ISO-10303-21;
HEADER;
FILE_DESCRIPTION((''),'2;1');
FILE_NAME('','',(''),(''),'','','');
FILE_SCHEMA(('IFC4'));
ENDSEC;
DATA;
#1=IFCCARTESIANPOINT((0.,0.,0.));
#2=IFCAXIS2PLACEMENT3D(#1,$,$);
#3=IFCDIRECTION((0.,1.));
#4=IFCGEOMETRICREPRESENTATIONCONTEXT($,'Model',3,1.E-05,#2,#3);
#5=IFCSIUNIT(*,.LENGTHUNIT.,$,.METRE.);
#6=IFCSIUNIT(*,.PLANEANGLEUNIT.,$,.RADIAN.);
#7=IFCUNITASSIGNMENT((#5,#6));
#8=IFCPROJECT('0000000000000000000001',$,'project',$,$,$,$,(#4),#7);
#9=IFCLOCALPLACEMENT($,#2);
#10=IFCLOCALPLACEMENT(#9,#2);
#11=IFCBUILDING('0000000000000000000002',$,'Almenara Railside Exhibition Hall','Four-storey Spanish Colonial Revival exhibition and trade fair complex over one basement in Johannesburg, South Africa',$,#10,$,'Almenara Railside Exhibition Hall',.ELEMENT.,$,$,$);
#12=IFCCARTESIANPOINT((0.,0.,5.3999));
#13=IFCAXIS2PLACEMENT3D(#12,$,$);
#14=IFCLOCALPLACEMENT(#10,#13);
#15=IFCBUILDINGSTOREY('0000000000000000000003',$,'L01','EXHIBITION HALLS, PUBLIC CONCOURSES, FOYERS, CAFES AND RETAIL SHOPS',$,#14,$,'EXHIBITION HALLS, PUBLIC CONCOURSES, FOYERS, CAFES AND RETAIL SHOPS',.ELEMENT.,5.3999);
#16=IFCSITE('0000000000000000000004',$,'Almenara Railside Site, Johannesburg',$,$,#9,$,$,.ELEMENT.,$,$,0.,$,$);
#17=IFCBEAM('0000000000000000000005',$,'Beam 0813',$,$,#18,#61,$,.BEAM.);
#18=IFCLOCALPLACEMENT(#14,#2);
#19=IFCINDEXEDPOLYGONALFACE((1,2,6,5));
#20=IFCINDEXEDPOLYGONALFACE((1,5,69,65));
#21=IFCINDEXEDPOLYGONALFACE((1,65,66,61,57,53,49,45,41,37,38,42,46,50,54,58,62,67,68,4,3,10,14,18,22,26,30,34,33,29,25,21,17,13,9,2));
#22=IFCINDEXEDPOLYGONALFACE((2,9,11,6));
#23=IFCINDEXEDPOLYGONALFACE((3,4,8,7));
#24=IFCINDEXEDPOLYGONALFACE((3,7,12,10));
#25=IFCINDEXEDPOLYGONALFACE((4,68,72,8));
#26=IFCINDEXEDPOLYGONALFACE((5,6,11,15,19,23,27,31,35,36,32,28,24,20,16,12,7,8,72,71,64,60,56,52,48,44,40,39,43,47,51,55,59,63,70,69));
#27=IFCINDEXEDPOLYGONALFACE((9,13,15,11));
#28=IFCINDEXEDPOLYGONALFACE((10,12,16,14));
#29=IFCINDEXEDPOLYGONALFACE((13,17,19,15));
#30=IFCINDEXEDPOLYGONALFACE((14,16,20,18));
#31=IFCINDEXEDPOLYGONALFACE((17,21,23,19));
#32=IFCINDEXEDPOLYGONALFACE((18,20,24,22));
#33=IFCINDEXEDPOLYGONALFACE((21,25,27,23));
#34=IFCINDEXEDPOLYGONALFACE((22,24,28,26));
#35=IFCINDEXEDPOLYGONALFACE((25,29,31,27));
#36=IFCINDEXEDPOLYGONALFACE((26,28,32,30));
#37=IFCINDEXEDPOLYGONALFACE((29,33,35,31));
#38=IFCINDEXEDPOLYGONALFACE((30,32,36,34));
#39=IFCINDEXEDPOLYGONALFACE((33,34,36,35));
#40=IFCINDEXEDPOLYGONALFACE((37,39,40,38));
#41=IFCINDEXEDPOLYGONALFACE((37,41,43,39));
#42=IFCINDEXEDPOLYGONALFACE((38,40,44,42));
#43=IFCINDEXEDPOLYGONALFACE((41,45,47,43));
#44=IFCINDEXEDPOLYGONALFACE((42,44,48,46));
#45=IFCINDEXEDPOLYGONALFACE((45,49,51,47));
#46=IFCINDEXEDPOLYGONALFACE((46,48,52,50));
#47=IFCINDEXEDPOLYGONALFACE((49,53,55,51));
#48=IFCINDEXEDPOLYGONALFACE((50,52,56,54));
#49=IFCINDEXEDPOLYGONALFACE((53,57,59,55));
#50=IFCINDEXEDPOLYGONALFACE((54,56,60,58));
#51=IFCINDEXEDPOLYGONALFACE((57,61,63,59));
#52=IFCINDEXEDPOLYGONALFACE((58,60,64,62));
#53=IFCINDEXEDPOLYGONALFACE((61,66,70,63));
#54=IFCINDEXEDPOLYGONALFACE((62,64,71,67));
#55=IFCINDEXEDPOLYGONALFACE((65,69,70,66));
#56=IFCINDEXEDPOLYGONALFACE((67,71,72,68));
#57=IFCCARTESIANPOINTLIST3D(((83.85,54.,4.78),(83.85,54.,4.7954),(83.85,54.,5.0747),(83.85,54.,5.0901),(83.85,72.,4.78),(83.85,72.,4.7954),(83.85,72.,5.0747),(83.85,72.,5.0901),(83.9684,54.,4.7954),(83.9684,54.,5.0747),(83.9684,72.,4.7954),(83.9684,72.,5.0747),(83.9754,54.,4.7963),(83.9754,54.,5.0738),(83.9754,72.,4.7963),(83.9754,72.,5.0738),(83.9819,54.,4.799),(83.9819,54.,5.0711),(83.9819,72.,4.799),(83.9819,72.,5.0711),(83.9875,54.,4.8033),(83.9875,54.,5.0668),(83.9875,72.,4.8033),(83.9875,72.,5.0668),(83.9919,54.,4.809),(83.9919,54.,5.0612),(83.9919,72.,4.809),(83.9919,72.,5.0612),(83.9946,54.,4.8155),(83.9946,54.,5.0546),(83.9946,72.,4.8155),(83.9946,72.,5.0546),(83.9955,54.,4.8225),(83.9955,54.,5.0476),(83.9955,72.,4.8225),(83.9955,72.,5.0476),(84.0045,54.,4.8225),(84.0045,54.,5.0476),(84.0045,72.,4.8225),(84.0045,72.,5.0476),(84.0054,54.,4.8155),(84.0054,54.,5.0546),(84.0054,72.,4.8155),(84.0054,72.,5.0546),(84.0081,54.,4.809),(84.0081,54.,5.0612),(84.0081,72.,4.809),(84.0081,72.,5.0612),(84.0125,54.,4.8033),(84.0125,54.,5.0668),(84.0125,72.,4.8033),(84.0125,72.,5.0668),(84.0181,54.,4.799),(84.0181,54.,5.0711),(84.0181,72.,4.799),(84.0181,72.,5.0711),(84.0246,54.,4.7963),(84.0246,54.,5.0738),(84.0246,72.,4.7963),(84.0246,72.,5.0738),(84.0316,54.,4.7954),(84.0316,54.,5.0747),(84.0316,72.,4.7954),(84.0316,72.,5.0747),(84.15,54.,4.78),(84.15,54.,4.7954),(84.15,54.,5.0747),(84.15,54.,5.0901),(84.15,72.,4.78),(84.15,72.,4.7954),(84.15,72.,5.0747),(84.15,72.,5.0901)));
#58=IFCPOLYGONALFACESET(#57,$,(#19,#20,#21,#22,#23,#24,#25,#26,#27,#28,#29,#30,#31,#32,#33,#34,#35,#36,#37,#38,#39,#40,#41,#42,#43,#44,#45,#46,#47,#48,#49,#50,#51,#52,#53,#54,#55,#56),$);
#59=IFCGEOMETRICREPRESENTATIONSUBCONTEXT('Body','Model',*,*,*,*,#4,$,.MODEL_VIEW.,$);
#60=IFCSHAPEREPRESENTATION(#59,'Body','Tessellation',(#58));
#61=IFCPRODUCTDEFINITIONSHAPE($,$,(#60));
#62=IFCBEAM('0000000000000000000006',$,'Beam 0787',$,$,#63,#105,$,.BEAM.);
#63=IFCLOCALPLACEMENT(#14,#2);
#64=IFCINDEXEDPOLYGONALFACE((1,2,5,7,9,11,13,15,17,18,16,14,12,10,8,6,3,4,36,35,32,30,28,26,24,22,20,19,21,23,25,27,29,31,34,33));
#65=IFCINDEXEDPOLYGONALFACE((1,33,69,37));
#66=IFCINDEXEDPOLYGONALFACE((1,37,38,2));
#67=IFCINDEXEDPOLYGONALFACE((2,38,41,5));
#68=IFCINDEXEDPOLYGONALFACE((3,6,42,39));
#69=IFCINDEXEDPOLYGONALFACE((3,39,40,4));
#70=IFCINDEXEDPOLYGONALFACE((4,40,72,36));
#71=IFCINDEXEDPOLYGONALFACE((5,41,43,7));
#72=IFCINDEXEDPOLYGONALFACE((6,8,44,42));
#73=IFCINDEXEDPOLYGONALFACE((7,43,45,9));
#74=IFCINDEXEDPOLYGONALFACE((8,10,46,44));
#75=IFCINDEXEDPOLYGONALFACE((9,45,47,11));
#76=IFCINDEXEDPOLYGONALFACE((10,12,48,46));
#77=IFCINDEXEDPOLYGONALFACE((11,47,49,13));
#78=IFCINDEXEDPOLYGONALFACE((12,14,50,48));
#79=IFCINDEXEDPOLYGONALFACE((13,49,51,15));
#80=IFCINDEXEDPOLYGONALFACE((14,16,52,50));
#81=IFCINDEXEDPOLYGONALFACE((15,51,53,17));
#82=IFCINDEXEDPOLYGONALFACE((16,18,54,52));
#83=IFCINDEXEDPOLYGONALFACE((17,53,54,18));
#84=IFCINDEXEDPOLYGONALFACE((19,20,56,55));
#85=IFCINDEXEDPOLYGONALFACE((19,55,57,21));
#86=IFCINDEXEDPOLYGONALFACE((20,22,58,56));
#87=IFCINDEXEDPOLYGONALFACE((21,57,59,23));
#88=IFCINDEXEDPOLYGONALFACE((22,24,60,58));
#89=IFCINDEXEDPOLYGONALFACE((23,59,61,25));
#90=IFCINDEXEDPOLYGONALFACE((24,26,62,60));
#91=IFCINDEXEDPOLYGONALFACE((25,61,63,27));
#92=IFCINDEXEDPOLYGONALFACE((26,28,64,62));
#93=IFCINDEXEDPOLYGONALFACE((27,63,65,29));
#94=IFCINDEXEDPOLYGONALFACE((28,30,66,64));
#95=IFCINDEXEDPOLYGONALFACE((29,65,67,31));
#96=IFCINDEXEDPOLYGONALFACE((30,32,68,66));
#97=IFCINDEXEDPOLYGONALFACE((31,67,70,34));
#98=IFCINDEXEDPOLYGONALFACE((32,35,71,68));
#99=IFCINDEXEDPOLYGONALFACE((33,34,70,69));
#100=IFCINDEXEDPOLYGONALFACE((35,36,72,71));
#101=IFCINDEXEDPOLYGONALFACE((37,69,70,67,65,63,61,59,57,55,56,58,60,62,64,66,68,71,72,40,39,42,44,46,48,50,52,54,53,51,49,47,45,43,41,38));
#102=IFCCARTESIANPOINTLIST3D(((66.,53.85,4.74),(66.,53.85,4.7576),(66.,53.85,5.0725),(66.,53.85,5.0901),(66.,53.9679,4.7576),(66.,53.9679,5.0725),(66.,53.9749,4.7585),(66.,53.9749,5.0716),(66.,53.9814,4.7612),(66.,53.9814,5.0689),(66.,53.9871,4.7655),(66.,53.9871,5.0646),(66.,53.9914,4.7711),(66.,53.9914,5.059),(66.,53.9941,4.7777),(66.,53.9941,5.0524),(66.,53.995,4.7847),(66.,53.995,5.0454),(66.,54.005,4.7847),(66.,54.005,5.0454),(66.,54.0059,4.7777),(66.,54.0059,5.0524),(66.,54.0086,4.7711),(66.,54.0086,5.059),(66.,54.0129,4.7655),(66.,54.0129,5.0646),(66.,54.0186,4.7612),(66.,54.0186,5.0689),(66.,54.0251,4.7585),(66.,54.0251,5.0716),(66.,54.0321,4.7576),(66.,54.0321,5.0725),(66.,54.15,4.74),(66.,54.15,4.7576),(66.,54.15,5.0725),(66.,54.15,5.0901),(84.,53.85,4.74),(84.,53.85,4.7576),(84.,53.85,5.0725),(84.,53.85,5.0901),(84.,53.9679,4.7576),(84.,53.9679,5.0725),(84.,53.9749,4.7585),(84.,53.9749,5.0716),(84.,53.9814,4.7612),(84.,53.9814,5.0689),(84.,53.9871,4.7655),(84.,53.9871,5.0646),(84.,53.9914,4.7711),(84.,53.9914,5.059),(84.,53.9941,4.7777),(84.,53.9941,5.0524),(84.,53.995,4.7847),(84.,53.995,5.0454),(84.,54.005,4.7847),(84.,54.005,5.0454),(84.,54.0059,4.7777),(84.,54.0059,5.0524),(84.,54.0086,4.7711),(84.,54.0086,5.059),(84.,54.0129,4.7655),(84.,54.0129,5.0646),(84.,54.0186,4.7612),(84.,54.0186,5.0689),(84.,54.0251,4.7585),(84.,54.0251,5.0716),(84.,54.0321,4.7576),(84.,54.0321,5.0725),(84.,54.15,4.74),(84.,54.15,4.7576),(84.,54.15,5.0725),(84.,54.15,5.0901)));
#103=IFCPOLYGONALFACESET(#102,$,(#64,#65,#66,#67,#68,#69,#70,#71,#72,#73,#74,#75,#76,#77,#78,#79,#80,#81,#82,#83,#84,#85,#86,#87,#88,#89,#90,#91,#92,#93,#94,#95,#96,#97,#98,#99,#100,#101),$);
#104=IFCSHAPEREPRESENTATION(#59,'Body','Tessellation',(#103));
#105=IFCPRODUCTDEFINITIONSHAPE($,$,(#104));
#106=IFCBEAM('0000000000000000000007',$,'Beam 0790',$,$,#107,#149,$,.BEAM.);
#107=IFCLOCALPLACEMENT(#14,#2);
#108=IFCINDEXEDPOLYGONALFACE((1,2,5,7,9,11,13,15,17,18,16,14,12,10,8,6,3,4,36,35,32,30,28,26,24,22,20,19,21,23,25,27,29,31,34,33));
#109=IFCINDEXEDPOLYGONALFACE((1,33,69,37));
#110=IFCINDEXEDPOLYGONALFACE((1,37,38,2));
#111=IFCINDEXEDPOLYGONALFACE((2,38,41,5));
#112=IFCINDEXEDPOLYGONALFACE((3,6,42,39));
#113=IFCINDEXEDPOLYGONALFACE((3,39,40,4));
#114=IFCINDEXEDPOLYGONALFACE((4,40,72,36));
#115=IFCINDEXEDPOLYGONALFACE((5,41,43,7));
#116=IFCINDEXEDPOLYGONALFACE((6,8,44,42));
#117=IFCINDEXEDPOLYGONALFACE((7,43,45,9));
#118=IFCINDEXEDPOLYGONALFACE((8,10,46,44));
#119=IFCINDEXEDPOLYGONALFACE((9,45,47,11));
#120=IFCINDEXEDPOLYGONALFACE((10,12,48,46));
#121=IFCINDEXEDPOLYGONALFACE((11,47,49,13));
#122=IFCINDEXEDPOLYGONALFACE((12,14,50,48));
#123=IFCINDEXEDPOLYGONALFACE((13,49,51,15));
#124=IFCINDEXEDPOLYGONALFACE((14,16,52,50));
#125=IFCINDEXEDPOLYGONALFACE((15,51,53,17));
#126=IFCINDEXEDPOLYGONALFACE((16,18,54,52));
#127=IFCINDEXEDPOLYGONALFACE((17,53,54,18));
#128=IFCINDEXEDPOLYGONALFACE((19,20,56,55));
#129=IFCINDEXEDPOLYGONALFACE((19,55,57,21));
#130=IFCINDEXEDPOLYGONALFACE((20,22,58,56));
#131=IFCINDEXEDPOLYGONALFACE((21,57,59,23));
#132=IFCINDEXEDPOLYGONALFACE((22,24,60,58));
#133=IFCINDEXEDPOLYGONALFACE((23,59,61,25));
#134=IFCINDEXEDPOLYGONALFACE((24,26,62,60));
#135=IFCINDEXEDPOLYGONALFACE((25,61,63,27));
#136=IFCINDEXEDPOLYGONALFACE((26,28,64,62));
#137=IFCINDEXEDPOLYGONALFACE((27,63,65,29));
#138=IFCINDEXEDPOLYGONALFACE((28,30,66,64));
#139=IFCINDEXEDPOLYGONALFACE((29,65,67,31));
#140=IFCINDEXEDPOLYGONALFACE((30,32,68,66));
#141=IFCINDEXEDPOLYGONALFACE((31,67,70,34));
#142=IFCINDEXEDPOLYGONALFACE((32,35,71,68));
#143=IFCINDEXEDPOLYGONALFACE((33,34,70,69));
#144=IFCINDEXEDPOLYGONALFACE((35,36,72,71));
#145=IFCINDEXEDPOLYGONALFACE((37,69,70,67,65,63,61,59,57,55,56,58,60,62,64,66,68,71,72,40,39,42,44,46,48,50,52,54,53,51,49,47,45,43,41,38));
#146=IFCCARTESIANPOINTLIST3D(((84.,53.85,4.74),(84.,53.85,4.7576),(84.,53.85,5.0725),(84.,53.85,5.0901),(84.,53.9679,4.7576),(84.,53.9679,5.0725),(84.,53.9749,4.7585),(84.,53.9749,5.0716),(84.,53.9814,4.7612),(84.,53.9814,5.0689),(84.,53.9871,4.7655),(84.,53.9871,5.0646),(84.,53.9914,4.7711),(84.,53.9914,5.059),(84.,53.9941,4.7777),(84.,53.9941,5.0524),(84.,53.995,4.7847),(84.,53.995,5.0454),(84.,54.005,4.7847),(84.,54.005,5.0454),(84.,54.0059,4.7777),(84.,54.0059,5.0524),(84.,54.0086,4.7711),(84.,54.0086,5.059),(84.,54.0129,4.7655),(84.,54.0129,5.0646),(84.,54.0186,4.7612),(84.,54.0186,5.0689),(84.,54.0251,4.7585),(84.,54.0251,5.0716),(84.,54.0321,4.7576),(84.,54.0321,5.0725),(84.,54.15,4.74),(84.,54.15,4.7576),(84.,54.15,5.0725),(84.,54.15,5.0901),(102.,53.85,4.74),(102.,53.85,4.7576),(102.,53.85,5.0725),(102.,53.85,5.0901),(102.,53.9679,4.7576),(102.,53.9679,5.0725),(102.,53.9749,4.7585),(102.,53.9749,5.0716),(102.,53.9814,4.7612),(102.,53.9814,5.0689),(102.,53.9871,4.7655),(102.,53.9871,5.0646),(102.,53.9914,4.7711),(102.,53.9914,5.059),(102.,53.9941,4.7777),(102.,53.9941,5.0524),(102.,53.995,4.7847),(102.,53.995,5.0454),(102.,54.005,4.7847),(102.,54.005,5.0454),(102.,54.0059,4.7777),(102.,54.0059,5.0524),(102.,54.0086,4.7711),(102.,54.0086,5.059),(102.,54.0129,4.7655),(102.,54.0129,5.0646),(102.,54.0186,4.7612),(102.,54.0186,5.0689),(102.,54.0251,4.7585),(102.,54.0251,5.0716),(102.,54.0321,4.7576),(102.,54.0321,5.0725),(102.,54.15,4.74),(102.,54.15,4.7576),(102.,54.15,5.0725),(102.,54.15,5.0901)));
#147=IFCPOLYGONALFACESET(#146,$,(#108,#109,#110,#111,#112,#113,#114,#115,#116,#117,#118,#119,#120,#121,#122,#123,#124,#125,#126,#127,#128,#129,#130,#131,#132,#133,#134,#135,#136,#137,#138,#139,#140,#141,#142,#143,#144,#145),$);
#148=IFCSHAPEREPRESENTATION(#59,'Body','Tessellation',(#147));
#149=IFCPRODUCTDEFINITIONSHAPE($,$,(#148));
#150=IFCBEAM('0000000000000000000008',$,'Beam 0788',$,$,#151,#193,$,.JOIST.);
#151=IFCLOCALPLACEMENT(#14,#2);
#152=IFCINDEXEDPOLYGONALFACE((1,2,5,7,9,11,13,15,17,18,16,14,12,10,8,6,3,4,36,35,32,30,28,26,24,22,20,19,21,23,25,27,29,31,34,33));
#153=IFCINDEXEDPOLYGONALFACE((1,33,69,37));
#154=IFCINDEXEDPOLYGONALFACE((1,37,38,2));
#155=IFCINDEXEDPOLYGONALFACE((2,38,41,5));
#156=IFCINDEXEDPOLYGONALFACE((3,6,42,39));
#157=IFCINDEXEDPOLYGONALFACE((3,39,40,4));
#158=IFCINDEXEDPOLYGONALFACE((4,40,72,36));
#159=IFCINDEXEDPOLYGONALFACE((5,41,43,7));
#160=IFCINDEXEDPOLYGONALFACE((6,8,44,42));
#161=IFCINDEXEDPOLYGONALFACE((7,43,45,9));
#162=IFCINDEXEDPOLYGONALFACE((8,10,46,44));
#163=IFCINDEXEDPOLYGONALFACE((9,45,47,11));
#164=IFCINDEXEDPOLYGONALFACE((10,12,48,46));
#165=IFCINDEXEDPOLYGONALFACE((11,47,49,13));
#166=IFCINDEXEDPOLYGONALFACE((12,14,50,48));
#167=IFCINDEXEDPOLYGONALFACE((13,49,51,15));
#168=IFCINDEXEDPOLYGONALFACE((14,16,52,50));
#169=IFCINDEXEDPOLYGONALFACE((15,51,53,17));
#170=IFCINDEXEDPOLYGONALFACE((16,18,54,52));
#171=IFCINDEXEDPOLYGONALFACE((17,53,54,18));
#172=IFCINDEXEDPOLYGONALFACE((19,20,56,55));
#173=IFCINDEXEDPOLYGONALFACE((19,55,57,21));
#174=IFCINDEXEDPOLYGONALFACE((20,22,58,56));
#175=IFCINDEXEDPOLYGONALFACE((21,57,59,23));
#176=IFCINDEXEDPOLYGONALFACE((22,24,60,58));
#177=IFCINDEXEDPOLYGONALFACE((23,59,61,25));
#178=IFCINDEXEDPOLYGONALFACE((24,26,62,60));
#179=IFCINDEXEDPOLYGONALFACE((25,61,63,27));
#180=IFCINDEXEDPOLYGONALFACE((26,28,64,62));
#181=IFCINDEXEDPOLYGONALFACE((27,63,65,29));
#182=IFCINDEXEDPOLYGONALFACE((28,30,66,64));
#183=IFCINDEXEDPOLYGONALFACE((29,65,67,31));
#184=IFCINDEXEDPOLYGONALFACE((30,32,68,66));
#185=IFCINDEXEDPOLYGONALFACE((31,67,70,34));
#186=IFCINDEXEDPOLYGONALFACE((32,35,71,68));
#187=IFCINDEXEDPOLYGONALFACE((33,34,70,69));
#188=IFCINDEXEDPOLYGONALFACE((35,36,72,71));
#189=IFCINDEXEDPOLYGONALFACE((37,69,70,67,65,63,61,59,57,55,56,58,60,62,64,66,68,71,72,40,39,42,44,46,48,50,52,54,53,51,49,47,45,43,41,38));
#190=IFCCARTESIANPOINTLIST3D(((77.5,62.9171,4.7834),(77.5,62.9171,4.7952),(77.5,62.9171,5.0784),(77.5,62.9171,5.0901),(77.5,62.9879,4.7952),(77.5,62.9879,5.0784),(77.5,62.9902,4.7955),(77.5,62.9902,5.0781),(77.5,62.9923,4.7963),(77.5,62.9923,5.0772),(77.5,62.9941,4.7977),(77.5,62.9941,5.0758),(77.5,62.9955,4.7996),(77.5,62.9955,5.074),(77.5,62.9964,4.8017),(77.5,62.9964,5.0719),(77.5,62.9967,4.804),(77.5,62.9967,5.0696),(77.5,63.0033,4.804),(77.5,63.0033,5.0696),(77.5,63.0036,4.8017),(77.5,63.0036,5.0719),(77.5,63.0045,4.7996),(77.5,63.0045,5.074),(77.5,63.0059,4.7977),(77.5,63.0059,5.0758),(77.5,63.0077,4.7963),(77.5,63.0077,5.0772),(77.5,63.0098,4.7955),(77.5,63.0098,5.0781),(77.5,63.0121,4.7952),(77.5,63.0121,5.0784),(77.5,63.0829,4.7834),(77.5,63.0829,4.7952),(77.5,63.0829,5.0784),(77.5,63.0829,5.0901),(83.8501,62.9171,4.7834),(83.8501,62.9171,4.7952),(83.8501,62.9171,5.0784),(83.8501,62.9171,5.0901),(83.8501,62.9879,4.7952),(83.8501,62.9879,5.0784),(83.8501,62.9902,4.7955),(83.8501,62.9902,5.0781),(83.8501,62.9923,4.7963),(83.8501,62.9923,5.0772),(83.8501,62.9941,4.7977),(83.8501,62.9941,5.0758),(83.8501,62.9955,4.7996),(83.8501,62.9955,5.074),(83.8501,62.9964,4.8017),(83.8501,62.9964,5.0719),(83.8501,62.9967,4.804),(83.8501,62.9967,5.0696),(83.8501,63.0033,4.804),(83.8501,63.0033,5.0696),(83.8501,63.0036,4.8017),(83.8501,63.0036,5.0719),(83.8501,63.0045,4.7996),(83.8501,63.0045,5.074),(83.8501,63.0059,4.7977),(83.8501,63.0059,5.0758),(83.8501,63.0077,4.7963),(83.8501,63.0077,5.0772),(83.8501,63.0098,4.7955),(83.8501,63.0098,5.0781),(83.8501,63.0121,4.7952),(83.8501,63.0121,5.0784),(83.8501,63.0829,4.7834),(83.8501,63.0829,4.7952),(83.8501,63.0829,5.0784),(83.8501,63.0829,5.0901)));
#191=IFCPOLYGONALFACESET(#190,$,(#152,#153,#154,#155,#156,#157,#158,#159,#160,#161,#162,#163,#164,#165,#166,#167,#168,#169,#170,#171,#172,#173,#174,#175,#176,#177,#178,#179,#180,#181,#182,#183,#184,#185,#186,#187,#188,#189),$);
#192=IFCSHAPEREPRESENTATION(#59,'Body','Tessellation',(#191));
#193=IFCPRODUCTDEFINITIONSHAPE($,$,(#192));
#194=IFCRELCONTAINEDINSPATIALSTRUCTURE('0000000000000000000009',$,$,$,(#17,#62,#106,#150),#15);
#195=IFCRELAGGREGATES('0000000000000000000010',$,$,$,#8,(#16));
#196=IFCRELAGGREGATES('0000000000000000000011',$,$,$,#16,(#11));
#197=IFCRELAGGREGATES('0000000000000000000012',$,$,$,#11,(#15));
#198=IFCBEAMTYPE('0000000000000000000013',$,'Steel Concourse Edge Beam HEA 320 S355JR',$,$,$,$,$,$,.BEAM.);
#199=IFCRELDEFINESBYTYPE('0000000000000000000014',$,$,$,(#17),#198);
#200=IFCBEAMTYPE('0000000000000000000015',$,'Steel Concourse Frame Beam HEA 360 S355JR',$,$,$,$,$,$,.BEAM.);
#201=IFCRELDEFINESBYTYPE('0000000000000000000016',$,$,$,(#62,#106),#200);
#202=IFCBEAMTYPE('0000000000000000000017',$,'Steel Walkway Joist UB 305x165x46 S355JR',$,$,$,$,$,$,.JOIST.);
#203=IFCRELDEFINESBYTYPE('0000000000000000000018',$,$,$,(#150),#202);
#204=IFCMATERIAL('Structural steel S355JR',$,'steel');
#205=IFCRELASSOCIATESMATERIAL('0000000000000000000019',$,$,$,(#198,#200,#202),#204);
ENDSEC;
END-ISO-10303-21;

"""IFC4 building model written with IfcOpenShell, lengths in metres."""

from ifc_helpers import new_model, si_unit, direction, frame, origin, origin_2d, place, context, subcontext, project, spatial, i_section, extrude, material, material_profile, profile_set, type_object, element, save


model = new_model("IFC4")

# Units and contexts
model_context = context("Model", 3, precision=1e-05, world=origin(), true_north=direction((0.0, 1.0)))
body_context = subcontext(model_context, "Body", "Model", "MODEL_VIEW")
ifc_project = project(units=[si_unit("LENGTHUNIT", "METRE"), si_unit("PLANEANGLEUNIT", "RADIAN")], contexts=[model_context])

# Site, building, storey
site_placement = place(None, origin())
site = spatial("IfcSite", under=ifc_project, at=site_placement, Name="Almenara Railside Site, Johannesburg", CompositionType="ELEMENT", RefElevation=0.0)
building_placement = place(site_placement, origin())
building = spatial("IfcBuilding", under=site, at=building_placement, Name="Almenara Railside Exhibition Hall", Description="Four-storey Spanish Colonial Revival exhibition and trade fair complex over one basement in Johannesburg, South Africa", LongName="Almenara Railside Exhibition Hall", CompositionType="ELEMENT")
storey_placement = place(building_placement, frame((0.0, 0.0, 5.3999)))
storey = spatial("IfcBuildingStorey", under=building, at=storey_placement, Name="L01", Description="EXHIBITION HALLS, PUBLIC CONCOURSES, FOYERS, CAFES AND RETAIL SHOPS", LongName="EXHIBITION HALLS, PUBLIC CONCOURSES, FOYERS, CAFES AND RETAIL SHOPS", CompositionType="ELEMENT", Elevation=5.3999)

# Beams
ifc_material_1 = material(Name="Structural steel S355JR", Category="steel")
ifc_material_profile_1 = material_profile(ifc_material_1, i_section(OverallWidth=0.3, OverallDepth=0.3101, WebThickness=0.009, FlangeThickness=0.0154, FilletRadius=0.0271, at=origin_2d()), Name="HEA 320")
ifc_profile_set_1 = profile_set([ifc_material_profile_1], Name="Structural steel S355JR")
beam_type_1 = type_object("IfcBeamType", Name="Steel Concourse Edge Beam HEA 320 S355JR", PredefinedType="BEAM", material=ifc_profile_set_1)
beam_1_placement = place(storey_placement, frame((84.0, 54.0, 4.9351), z_axis=(0.0, 1.0, 0.0), x_axis=(-1.0, 0.0, 0.0)))
element("IfcBeam", 1, at=beam_1_placement, inside=storey, type_object=beam_type_1, Name="Beam 0813", PredefinedType="BEAM", context=body_context, shape_type="SweptSolid", body=[
    extrude(i_section(OverallWidth=0.3, OverallDepth=0.3101, WebThickness=0.009, FlangeThickness=0.0154, FilletRadius=0.0271, at=origin_2d()), origin(), (0.0, 0.0, 1.0), 18.0),
])
ifc_material_profile_2 = material_profile(ifc_material_1, i_section(OverallWidth=0.3, OverallDepth=0.3501, WebThickness=0.01, FlangeThickness=0.0176, FilletRadius=0.0271, at=origin_2d()), Name="HEA 360")
ifc_profile_set_2 = profile_set([ifc_material_profile_2], Name="Structural steel S355JR")
beam_type_2 = type_object("IfcBeamType", Name="Steel Concourse Frame Beam HEA 360 S355JR", PredefinedType="BEAM", material=ifc_profile_set_2)
for number, where, z_axis, x_axis, name in (
    (2, (66.0, 54.0, 4.915), (1.0, 0.0, 0.0), (0.0, 1.0, 0.0), "Beam 0787"),
    (3, (84.0, 54.0, 4.915), (1.0, 0.0, 0.0), (0.0, 1.0, 0.0), "Beam 0790"),
):
    element("IfcBeam", number, at=place(storey_placement, frame(where, z_axis=z_axis, x_axis=x_axis)), inside=storey, type_object=beam_type_2, Name=name, PredefinedType="BEAM", context=body_context, shape_type="SweptSolid", body=[
        extrude(i_section(OverallWidth=0.3, OverallDepth=0.3501, WebThickness=0.01, FlangeThickness=0.0176, FilletRadius=0.0271, at=origin_2d()), origin(), (0.0, 0.0, 1.0), 18.0),
    ])
ifc_material_profile_3 = material_profile(ifc_material_1, i_section(OverallWidth=0.1658, OverallDepth=0.3066, WebThickness=0.0066, FlangeThickness=0.0117, FilletRadius=0.0088, at=origin_2d()), Name="UB 305x165x46")
ifc_profile_set_3 = profile_set([ifc_material_profile_3], Name="Structural steel S355JR")
beam_type_3 = type_object("IfcBeamType", Name="Steel Walkway Joist UB 305x165x46 S355JR", PredefinedType="JOIST", material=ifc_profile_set_3)
beam_2_placement = place(storey_placement, frame((77.5, 63.0, 4.9368), z_axis=(1.0, 0.0, 0.0), x_axis=(0.0, 1.0, 0.0)))
element("IfcBeam", 4, at=beam_2_placement, inside=storey, type_object=beam_type_3, Name="Beam 0788", PredefinedType="JOIST", context=body_context, shape_type="SweptSolid", body=[
    extrude(i_section(OverallWidth=0.1658, OverallDepth=0.3066, WebThickness=0.0066, FlangeThickness=0.0117, FilletRadius=0.0088, at=origin_2d()), origin(), (0.0, 0.0, 1.0), 6.3501),
])

save(model, "model.ifc")
